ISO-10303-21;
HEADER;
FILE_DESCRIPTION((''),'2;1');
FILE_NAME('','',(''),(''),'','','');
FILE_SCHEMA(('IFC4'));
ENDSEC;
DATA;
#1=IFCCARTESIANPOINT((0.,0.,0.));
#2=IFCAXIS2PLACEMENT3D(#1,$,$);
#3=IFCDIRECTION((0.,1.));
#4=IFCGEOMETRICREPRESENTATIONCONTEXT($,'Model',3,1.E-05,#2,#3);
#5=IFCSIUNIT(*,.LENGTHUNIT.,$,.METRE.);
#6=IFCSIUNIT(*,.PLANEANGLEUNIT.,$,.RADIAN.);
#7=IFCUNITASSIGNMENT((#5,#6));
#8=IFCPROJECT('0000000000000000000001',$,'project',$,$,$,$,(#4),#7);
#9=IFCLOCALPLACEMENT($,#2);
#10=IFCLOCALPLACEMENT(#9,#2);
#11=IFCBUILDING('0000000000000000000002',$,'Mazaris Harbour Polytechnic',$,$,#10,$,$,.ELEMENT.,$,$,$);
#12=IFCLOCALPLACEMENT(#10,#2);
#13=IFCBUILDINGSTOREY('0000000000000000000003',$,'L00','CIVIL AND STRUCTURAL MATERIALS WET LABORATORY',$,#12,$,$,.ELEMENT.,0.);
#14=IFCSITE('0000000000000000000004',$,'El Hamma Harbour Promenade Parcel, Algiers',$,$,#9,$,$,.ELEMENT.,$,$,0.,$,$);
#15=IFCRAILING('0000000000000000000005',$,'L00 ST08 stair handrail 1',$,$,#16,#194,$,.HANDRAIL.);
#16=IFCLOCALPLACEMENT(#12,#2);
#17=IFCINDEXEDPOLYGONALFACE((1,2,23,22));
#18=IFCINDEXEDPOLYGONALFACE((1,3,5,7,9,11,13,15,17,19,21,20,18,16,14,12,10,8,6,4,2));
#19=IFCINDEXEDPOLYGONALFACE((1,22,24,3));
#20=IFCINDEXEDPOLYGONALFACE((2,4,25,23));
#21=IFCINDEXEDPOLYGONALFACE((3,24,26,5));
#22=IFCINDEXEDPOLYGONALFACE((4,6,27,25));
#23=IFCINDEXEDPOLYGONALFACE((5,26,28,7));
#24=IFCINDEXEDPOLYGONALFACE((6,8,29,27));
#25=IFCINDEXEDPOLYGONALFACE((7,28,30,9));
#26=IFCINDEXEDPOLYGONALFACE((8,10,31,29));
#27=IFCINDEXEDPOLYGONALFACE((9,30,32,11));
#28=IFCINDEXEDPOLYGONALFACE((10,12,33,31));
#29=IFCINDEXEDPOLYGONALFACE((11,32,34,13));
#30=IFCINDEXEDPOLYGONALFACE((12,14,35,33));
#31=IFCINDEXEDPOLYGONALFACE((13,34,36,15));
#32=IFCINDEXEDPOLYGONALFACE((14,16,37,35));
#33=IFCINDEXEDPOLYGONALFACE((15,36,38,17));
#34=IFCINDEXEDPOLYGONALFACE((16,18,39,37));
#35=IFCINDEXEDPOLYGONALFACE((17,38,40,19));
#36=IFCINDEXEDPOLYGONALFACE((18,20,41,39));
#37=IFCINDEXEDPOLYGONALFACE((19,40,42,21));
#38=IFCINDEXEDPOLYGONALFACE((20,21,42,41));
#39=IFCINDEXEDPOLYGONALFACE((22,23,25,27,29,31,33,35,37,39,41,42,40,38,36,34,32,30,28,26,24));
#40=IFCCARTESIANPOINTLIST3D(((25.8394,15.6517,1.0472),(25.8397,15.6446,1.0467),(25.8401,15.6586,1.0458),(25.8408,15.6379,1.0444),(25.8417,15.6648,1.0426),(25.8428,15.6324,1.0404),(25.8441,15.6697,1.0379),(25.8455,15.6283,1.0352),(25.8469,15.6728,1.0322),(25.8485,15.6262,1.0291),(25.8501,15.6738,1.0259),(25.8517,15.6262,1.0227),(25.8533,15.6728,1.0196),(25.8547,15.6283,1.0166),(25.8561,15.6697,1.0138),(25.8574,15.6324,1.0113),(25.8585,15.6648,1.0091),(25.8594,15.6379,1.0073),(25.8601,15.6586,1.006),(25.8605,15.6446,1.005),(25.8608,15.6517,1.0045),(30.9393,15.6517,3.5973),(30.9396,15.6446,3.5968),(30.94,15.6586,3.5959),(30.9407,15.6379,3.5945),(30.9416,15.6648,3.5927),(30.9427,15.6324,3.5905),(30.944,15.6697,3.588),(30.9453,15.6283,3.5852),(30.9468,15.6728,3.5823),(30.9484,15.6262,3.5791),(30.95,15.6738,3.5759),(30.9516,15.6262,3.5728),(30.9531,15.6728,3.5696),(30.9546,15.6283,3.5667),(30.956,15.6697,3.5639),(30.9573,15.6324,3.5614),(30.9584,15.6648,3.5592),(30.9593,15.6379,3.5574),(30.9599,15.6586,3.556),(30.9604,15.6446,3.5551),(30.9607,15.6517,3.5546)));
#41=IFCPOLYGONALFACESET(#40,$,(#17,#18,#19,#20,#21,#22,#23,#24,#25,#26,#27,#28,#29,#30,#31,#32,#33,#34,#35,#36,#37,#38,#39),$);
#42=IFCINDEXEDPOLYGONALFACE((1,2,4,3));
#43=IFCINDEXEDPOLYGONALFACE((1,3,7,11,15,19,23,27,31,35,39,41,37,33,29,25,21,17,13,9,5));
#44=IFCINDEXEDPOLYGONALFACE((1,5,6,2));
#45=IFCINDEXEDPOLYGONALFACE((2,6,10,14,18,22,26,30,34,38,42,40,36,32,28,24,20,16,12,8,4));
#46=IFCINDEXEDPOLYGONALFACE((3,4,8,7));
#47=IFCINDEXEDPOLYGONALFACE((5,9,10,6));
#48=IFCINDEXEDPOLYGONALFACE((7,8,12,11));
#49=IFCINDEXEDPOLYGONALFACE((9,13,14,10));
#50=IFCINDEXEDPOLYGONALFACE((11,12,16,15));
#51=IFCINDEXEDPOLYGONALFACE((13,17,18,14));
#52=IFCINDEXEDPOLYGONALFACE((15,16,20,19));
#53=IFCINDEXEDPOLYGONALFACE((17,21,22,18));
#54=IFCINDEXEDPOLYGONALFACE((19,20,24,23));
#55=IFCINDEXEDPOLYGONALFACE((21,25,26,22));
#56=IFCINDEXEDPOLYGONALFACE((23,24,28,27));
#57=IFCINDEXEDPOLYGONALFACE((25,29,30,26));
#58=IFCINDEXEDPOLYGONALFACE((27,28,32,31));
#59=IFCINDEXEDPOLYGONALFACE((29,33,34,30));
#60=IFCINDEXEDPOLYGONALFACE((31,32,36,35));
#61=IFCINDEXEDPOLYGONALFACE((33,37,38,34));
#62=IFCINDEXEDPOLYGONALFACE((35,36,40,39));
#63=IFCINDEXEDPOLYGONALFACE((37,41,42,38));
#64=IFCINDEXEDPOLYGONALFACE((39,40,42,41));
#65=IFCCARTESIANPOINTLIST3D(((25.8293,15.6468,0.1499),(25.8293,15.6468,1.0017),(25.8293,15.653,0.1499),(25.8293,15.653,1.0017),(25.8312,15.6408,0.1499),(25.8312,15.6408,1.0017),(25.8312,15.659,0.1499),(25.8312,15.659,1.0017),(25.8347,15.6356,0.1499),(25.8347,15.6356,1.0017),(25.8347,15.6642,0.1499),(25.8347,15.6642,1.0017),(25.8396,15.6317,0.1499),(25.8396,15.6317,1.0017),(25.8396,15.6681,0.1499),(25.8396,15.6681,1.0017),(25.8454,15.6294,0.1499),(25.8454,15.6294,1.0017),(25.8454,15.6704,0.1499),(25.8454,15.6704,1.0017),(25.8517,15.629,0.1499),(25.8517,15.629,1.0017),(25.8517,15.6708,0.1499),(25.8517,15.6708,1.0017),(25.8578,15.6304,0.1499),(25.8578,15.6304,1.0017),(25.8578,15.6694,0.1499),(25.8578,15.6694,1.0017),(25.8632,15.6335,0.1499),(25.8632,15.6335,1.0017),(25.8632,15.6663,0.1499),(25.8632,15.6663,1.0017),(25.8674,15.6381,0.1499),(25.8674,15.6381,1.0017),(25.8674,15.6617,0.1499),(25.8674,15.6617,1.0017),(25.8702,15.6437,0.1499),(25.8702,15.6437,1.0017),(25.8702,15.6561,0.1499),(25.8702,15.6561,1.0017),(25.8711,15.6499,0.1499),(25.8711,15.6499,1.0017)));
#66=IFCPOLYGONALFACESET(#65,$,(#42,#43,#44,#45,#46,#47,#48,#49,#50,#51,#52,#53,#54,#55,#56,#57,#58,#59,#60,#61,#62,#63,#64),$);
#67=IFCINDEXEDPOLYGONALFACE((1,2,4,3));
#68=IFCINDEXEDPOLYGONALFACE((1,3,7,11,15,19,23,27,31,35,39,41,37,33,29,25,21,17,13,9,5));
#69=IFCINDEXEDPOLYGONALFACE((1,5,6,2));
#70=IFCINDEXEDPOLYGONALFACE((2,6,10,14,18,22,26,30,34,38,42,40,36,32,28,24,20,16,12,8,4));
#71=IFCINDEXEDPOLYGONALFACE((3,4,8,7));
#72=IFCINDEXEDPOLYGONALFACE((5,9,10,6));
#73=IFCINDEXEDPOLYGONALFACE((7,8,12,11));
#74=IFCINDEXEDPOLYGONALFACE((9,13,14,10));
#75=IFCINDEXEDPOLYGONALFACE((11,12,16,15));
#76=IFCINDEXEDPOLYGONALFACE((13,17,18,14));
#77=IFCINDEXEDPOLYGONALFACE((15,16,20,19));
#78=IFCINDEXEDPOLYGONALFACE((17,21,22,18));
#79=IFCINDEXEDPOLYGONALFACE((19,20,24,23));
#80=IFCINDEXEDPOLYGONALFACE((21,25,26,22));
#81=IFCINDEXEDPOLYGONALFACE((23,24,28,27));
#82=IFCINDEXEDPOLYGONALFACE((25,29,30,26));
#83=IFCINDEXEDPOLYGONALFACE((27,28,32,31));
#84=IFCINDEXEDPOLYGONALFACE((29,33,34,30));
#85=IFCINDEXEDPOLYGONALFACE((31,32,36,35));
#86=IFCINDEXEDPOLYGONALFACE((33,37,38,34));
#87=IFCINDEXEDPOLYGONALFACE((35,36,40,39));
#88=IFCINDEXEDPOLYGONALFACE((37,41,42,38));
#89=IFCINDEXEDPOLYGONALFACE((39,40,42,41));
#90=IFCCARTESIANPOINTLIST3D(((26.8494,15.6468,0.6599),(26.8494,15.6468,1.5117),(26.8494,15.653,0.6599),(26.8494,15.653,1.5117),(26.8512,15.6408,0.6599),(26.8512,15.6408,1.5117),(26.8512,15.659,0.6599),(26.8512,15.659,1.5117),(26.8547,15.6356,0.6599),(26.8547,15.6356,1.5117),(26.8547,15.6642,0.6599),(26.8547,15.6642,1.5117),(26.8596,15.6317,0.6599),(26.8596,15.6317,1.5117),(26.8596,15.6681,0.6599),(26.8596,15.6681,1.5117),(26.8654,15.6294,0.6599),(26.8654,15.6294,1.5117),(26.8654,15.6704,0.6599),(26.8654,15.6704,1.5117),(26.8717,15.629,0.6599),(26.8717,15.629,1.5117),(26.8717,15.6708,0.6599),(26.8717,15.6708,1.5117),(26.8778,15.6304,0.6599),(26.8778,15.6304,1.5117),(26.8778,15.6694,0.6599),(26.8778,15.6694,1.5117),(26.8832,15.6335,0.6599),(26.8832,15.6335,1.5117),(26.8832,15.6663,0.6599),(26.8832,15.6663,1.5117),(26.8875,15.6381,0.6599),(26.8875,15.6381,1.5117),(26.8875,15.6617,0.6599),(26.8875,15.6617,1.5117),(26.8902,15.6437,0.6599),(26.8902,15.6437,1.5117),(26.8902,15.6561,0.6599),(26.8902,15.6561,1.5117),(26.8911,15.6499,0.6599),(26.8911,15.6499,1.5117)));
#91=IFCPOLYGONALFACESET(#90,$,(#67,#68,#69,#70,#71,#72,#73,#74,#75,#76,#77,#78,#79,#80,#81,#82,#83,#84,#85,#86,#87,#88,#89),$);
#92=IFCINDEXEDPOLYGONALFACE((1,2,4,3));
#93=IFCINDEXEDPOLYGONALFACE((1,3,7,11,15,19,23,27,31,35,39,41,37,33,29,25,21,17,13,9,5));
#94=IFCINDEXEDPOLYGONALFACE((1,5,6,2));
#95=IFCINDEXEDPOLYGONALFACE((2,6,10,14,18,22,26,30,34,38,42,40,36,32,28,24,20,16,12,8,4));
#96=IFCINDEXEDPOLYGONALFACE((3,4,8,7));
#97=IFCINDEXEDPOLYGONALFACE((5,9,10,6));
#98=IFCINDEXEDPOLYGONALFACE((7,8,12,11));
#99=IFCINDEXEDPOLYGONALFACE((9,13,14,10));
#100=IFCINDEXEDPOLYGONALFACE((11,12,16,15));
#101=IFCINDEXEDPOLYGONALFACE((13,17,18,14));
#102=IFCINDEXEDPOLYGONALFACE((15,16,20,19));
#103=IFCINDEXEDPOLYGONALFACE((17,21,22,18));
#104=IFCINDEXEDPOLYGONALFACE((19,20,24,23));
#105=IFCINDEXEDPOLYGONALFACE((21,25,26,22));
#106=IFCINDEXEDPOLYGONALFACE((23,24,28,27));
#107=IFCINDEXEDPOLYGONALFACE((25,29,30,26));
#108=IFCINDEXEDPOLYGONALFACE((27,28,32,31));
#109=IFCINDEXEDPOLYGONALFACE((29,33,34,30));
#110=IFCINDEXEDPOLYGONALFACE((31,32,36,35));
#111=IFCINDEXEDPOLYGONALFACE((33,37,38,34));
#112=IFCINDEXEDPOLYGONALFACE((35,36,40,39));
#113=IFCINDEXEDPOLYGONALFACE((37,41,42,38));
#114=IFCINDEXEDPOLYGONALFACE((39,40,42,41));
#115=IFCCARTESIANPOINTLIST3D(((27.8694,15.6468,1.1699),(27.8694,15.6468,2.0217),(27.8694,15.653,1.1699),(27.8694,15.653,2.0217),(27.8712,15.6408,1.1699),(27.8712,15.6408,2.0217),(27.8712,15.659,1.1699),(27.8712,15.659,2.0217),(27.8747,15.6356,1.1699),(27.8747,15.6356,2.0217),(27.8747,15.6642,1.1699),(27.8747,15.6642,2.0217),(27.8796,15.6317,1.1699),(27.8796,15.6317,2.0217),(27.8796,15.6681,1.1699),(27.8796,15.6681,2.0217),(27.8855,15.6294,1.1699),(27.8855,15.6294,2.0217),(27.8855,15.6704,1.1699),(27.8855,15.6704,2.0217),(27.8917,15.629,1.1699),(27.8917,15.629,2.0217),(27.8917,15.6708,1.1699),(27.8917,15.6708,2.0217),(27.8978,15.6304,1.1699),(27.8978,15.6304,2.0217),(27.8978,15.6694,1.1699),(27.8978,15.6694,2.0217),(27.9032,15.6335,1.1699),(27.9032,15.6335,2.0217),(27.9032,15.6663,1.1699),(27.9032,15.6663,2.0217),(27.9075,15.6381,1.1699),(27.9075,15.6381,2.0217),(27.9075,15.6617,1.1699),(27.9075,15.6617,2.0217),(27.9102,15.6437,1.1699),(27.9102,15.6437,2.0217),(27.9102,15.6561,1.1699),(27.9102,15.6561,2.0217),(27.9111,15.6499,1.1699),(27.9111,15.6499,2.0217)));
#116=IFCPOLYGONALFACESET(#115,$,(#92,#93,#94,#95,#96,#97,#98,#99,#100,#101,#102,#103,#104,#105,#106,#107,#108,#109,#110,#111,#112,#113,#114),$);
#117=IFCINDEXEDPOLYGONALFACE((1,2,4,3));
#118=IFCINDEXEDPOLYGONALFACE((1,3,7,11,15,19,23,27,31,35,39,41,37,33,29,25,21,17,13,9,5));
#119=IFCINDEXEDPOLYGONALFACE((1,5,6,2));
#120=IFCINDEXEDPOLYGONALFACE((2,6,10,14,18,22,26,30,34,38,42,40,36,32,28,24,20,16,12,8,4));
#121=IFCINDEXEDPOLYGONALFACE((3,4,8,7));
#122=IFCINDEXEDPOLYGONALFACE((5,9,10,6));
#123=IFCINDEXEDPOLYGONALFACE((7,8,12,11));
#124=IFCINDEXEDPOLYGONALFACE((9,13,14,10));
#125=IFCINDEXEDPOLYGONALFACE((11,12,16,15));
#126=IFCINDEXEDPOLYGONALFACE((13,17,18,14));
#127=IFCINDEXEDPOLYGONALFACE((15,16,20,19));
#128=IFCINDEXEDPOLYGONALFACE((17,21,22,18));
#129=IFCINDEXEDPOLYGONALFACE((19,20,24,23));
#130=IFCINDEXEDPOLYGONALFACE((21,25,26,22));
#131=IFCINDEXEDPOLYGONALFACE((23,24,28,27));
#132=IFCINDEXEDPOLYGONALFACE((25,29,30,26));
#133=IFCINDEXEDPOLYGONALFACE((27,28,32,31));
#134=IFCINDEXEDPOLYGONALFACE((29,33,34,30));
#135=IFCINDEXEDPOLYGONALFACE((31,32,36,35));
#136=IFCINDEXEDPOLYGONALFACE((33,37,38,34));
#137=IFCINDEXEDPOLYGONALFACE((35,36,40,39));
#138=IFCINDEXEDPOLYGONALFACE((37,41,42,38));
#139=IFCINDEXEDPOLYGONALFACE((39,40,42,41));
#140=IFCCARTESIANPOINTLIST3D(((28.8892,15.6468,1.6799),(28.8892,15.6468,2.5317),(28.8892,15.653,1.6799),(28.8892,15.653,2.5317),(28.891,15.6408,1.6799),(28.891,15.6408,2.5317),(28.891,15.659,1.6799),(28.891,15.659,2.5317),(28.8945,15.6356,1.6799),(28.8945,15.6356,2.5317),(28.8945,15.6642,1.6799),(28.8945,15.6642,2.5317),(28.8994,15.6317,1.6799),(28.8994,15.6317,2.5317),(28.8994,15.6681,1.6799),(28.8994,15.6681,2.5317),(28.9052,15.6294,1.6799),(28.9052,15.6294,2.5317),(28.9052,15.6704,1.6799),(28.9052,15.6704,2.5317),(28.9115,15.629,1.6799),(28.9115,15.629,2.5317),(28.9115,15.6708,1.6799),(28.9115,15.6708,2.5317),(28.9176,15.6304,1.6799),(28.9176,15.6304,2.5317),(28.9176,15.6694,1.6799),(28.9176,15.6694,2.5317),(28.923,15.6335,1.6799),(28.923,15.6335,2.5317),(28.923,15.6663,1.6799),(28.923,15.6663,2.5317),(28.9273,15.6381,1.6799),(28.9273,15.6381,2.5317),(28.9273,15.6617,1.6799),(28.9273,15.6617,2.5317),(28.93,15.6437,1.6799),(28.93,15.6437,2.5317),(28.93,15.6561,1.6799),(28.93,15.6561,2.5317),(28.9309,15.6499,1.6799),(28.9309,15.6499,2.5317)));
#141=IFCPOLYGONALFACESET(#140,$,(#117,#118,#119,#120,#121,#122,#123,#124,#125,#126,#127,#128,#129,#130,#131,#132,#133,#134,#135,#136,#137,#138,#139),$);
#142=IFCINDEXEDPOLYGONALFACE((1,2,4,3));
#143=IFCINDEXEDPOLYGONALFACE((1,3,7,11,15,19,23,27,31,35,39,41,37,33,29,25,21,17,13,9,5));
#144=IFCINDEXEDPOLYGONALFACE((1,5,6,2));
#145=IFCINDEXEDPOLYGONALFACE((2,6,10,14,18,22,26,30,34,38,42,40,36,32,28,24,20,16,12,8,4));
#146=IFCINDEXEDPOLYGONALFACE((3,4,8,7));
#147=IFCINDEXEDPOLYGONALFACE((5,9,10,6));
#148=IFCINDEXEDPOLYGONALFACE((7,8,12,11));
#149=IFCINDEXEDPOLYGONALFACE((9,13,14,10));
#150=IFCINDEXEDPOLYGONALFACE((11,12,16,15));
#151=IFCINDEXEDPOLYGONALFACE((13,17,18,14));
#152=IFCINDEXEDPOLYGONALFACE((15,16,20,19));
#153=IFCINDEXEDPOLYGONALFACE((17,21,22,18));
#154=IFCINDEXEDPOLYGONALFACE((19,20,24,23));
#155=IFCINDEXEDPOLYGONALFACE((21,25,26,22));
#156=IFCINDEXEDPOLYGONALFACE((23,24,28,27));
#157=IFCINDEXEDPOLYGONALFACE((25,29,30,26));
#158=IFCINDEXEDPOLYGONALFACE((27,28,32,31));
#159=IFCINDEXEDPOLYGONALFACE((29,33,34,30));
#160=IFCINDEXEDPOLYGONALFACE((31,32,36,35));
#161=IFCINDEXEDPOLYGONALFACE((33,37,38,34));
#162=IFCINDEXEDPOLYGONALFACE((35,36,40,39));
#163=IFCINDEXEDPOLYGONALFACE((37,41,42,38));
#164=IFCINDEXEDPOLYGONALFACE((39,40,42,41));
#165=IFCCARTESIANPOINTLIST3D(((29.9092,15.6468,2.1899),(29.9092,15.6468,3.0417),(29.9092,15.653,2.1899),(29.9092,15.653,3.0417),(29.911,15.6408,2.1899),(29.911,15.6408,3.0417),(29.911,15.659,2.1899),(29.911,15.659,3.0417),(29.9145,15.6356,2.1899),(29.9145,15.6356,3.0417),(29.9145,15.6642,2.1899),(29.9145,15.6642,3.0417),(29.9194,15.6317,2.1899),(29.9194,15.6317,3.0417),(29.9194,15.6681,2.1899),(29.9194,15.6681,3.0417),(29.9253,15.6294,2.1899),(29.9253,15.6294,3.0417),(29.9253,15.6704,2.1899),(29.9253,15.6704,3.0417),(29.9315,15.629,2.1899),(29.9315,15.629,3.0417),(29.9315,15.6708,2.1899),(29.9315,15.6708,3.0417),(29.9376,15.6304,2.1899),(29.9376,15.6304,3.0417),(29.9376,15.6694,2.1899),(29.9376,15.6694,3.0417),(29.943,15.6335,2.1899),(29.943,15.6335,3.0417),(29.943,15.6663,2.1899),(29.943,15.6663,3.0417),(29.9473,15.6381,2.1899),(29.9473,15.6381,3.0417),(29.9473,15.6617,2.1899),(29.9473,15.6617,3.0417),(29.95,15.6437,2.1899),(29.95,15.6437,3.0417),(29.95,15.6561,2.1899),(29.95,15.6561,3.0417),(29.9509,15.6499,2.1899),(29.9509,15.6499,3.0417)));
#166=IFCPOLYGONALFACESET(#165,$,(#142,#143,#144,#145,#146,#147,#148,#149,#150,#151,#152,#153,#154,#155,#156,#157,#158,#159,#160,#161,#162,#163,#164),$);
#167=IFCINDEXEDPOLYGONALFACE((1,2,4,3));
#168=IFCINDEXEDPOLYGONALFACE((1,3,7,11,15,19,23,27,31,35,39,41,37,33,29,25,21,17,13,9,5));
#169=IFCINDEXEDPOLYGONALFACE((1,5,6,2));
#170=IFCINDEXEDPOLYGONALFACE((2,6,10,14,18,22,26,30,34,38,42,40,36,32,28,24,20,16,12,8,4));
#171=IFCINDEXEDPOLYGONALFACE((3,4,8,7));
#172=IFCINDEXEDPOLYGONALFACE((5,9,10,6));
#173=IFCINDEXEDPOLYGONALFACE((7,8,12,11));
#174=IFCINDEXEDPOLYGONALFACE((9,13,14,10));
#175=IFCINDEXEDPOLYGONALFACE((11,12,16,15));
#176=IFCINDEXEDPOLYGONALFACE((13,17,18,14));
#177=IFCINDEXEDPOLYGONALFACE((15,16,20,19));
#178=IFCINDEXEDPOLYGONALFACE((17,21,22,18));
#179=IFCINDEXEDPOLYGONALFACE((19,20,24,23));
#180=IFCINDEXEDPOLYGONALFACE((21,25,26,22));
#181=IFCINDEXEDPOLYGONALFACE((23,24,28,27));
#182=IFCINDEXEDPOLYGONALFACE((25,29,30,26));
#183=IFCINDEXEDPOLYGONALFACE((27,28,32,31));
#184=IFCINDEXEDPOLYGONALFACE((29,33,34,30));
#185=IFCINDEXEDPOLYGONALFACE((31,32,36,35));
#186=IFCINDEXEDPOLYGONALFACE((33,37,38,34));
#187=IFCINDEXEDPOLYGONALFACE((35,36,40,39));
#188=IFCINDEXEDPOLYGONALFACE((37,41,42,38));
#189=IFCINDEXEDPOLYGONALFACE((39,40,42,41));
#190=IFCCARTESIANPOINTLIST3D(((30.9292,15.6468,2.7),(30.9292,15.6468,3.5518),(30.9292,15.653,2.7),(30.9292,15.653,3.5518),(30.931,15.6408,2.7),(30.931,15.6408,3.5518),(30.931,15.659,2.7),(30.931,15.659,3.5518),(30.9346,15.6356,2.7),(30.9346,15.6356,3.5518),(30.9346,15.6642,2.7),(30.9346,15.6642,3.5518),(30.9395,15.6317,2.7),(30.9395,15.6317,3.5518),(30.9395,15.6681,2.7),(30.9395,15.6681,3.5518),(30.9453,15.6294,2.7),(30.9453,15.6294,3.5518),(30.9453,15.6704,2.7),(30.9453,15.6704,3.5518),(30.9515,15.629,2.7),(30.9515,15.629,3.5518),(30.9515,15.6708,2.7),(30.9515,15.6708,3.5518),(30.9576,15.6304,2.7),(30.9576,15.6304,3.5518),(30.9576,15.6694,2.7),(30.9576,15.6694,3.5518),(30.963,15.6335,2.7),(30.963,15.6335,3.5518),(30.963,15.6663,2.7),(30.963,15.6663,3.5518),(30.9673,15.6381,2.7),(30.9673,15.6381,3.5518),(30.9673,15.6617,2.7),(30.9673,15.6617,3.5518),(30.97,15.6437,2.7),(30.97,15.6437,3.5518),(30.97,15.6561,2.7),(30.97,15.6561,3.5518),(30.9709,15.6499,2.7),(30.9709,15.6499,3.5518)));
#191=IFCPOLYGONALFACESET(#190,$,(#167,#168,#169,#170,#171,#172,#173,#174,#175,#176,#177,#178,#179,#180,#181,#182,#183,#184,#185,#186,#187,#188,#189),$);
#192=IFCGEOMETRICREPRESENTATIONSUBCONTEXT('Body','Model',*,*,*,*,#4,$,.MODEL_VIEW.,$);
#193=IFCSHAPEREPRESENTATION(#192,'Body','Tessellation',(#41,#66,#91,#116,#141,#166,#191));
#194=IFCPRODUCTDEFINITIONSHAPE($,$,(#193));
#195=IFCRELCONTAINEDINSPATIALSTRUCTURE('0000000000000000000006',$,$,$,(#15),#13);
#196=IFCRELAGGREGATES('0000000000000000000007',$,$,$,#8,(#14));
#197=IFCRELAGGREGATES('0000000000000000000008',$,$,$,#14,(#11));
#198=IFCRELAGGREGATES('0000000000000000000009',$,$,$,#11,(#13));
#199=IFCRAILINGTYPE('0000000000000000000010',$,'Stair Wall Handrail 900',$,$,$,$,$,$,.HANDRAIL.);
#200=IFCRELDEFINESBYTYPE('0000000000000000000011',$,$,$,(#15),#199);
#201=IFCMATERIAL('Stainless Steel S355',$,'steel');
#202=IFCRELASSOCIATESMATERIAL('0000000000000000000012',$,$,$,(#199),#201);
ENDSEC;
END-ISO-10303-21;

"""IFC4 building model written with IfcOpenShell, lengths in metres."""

from ifc_helpers import new_model, si_unit, direction, frame, origin, origin_2d, place, context, subcontext, project, spatial, circle, extrude, material, type_object, element, save


model = new_model("IFC4")

# Units and contexts
model_context = context("Model", 3, precision=1e-05, world=origin(), true_north=direction((0.0, 1.0)))
body_context = subcontext(model_context, "Body", "Model", "MODEL_VIEW")
ifc_project = project(units=[si_unit("LENGTHUNIT", "METRE"), si_unit("PLANEANGLEUNIT", "RADIAN")], contexts=[model_context])

# Site, building, storey
site_placement = place(None, origin())
site = spatial("IfcSite", under=ifc_project, at=site_placement, Name="El Hamma Harbour Promenade Parcel, Algiers", CompositionType="ELEMENT", RefElevation=0.0)
building_placement = place(site_placement, origin())
building = spatial("IfcBuilding", under=site, at=building_placement, Name="Mazaris Harbour Polytechnic", CompositionType="ELEMENT")
storey_placement = place(building_placement, origin())
storey = spatial("IfcBuildingStorey", under=building, at=storey_placement, Name="L00", Description="CIVIL AND STRUCTURAL MATERIALS WET LABORATORY", CompositionType="ELEMENT", Elevation=0.0)

# Railing
ifc_material_1 = material(Name="Stainless Steel S355", Category="steel")
railing_type_1 = type_object("IfcRailingType", Name="Stair Wall Handrail 900", PredefinedType="HANDRAIL", material=ifc_material_1)
railing_1_placement = place(storey_placement, frame((25.8501, 15.6499, 0.1499)))
element("IfcRailing", 1, at=railing_1_placement, inside=storey, type_object=railing_type_1, Name="L00 ST08 stair handrail 1", PredefinedType="HANDRAIL", context=body_context, shape_type="SweptSolid", body=[
    extrude(circle(Radius=0.0239, at=origin_2d()), frame((0.0, 0.0, 0.876), z_axis=(0.894419, 0.0, 0.447231), x_axis=(0.0, 1.0, 0.0)), (0.0, 0.0, 1.0), 5.7019),
    extrude(circle(Radius=0.021, at=origin_2d()), origin(), (0.0, 0.0, 1.0), 0.8518),
    extrude(circle(Radius=0.021, at=origin_2d()), frame((1.02, 0.0, 0.51)), (0.0, 0.0, 1.0), 0.8518),
    extrude(circle(Radius=0.021, at=origin_2d()), frame((2.04, 0.0, 1.02)), (0.0, 0.0, 1.0), 0.8518),
    extrude(circle(Radius=0.021, at=origin_2d()), frame((3.0598, 0.0, 1.53)), (0.0, 0.0, 1.0), 0.8518),
    extrude(circle(Radius=0.021, at=origin_2d()), frame((4.0798, 0.0, 2.04)), (0.0, 0.0, 1.0), 0.8518),
    extrude(circle(Radius=0.021, at=origin_2d()), frame((5.0999, 0.0, 2.55)), (0.0, 0.0, 1.0), 0.8518),
])

save(model, "model.ifc")
